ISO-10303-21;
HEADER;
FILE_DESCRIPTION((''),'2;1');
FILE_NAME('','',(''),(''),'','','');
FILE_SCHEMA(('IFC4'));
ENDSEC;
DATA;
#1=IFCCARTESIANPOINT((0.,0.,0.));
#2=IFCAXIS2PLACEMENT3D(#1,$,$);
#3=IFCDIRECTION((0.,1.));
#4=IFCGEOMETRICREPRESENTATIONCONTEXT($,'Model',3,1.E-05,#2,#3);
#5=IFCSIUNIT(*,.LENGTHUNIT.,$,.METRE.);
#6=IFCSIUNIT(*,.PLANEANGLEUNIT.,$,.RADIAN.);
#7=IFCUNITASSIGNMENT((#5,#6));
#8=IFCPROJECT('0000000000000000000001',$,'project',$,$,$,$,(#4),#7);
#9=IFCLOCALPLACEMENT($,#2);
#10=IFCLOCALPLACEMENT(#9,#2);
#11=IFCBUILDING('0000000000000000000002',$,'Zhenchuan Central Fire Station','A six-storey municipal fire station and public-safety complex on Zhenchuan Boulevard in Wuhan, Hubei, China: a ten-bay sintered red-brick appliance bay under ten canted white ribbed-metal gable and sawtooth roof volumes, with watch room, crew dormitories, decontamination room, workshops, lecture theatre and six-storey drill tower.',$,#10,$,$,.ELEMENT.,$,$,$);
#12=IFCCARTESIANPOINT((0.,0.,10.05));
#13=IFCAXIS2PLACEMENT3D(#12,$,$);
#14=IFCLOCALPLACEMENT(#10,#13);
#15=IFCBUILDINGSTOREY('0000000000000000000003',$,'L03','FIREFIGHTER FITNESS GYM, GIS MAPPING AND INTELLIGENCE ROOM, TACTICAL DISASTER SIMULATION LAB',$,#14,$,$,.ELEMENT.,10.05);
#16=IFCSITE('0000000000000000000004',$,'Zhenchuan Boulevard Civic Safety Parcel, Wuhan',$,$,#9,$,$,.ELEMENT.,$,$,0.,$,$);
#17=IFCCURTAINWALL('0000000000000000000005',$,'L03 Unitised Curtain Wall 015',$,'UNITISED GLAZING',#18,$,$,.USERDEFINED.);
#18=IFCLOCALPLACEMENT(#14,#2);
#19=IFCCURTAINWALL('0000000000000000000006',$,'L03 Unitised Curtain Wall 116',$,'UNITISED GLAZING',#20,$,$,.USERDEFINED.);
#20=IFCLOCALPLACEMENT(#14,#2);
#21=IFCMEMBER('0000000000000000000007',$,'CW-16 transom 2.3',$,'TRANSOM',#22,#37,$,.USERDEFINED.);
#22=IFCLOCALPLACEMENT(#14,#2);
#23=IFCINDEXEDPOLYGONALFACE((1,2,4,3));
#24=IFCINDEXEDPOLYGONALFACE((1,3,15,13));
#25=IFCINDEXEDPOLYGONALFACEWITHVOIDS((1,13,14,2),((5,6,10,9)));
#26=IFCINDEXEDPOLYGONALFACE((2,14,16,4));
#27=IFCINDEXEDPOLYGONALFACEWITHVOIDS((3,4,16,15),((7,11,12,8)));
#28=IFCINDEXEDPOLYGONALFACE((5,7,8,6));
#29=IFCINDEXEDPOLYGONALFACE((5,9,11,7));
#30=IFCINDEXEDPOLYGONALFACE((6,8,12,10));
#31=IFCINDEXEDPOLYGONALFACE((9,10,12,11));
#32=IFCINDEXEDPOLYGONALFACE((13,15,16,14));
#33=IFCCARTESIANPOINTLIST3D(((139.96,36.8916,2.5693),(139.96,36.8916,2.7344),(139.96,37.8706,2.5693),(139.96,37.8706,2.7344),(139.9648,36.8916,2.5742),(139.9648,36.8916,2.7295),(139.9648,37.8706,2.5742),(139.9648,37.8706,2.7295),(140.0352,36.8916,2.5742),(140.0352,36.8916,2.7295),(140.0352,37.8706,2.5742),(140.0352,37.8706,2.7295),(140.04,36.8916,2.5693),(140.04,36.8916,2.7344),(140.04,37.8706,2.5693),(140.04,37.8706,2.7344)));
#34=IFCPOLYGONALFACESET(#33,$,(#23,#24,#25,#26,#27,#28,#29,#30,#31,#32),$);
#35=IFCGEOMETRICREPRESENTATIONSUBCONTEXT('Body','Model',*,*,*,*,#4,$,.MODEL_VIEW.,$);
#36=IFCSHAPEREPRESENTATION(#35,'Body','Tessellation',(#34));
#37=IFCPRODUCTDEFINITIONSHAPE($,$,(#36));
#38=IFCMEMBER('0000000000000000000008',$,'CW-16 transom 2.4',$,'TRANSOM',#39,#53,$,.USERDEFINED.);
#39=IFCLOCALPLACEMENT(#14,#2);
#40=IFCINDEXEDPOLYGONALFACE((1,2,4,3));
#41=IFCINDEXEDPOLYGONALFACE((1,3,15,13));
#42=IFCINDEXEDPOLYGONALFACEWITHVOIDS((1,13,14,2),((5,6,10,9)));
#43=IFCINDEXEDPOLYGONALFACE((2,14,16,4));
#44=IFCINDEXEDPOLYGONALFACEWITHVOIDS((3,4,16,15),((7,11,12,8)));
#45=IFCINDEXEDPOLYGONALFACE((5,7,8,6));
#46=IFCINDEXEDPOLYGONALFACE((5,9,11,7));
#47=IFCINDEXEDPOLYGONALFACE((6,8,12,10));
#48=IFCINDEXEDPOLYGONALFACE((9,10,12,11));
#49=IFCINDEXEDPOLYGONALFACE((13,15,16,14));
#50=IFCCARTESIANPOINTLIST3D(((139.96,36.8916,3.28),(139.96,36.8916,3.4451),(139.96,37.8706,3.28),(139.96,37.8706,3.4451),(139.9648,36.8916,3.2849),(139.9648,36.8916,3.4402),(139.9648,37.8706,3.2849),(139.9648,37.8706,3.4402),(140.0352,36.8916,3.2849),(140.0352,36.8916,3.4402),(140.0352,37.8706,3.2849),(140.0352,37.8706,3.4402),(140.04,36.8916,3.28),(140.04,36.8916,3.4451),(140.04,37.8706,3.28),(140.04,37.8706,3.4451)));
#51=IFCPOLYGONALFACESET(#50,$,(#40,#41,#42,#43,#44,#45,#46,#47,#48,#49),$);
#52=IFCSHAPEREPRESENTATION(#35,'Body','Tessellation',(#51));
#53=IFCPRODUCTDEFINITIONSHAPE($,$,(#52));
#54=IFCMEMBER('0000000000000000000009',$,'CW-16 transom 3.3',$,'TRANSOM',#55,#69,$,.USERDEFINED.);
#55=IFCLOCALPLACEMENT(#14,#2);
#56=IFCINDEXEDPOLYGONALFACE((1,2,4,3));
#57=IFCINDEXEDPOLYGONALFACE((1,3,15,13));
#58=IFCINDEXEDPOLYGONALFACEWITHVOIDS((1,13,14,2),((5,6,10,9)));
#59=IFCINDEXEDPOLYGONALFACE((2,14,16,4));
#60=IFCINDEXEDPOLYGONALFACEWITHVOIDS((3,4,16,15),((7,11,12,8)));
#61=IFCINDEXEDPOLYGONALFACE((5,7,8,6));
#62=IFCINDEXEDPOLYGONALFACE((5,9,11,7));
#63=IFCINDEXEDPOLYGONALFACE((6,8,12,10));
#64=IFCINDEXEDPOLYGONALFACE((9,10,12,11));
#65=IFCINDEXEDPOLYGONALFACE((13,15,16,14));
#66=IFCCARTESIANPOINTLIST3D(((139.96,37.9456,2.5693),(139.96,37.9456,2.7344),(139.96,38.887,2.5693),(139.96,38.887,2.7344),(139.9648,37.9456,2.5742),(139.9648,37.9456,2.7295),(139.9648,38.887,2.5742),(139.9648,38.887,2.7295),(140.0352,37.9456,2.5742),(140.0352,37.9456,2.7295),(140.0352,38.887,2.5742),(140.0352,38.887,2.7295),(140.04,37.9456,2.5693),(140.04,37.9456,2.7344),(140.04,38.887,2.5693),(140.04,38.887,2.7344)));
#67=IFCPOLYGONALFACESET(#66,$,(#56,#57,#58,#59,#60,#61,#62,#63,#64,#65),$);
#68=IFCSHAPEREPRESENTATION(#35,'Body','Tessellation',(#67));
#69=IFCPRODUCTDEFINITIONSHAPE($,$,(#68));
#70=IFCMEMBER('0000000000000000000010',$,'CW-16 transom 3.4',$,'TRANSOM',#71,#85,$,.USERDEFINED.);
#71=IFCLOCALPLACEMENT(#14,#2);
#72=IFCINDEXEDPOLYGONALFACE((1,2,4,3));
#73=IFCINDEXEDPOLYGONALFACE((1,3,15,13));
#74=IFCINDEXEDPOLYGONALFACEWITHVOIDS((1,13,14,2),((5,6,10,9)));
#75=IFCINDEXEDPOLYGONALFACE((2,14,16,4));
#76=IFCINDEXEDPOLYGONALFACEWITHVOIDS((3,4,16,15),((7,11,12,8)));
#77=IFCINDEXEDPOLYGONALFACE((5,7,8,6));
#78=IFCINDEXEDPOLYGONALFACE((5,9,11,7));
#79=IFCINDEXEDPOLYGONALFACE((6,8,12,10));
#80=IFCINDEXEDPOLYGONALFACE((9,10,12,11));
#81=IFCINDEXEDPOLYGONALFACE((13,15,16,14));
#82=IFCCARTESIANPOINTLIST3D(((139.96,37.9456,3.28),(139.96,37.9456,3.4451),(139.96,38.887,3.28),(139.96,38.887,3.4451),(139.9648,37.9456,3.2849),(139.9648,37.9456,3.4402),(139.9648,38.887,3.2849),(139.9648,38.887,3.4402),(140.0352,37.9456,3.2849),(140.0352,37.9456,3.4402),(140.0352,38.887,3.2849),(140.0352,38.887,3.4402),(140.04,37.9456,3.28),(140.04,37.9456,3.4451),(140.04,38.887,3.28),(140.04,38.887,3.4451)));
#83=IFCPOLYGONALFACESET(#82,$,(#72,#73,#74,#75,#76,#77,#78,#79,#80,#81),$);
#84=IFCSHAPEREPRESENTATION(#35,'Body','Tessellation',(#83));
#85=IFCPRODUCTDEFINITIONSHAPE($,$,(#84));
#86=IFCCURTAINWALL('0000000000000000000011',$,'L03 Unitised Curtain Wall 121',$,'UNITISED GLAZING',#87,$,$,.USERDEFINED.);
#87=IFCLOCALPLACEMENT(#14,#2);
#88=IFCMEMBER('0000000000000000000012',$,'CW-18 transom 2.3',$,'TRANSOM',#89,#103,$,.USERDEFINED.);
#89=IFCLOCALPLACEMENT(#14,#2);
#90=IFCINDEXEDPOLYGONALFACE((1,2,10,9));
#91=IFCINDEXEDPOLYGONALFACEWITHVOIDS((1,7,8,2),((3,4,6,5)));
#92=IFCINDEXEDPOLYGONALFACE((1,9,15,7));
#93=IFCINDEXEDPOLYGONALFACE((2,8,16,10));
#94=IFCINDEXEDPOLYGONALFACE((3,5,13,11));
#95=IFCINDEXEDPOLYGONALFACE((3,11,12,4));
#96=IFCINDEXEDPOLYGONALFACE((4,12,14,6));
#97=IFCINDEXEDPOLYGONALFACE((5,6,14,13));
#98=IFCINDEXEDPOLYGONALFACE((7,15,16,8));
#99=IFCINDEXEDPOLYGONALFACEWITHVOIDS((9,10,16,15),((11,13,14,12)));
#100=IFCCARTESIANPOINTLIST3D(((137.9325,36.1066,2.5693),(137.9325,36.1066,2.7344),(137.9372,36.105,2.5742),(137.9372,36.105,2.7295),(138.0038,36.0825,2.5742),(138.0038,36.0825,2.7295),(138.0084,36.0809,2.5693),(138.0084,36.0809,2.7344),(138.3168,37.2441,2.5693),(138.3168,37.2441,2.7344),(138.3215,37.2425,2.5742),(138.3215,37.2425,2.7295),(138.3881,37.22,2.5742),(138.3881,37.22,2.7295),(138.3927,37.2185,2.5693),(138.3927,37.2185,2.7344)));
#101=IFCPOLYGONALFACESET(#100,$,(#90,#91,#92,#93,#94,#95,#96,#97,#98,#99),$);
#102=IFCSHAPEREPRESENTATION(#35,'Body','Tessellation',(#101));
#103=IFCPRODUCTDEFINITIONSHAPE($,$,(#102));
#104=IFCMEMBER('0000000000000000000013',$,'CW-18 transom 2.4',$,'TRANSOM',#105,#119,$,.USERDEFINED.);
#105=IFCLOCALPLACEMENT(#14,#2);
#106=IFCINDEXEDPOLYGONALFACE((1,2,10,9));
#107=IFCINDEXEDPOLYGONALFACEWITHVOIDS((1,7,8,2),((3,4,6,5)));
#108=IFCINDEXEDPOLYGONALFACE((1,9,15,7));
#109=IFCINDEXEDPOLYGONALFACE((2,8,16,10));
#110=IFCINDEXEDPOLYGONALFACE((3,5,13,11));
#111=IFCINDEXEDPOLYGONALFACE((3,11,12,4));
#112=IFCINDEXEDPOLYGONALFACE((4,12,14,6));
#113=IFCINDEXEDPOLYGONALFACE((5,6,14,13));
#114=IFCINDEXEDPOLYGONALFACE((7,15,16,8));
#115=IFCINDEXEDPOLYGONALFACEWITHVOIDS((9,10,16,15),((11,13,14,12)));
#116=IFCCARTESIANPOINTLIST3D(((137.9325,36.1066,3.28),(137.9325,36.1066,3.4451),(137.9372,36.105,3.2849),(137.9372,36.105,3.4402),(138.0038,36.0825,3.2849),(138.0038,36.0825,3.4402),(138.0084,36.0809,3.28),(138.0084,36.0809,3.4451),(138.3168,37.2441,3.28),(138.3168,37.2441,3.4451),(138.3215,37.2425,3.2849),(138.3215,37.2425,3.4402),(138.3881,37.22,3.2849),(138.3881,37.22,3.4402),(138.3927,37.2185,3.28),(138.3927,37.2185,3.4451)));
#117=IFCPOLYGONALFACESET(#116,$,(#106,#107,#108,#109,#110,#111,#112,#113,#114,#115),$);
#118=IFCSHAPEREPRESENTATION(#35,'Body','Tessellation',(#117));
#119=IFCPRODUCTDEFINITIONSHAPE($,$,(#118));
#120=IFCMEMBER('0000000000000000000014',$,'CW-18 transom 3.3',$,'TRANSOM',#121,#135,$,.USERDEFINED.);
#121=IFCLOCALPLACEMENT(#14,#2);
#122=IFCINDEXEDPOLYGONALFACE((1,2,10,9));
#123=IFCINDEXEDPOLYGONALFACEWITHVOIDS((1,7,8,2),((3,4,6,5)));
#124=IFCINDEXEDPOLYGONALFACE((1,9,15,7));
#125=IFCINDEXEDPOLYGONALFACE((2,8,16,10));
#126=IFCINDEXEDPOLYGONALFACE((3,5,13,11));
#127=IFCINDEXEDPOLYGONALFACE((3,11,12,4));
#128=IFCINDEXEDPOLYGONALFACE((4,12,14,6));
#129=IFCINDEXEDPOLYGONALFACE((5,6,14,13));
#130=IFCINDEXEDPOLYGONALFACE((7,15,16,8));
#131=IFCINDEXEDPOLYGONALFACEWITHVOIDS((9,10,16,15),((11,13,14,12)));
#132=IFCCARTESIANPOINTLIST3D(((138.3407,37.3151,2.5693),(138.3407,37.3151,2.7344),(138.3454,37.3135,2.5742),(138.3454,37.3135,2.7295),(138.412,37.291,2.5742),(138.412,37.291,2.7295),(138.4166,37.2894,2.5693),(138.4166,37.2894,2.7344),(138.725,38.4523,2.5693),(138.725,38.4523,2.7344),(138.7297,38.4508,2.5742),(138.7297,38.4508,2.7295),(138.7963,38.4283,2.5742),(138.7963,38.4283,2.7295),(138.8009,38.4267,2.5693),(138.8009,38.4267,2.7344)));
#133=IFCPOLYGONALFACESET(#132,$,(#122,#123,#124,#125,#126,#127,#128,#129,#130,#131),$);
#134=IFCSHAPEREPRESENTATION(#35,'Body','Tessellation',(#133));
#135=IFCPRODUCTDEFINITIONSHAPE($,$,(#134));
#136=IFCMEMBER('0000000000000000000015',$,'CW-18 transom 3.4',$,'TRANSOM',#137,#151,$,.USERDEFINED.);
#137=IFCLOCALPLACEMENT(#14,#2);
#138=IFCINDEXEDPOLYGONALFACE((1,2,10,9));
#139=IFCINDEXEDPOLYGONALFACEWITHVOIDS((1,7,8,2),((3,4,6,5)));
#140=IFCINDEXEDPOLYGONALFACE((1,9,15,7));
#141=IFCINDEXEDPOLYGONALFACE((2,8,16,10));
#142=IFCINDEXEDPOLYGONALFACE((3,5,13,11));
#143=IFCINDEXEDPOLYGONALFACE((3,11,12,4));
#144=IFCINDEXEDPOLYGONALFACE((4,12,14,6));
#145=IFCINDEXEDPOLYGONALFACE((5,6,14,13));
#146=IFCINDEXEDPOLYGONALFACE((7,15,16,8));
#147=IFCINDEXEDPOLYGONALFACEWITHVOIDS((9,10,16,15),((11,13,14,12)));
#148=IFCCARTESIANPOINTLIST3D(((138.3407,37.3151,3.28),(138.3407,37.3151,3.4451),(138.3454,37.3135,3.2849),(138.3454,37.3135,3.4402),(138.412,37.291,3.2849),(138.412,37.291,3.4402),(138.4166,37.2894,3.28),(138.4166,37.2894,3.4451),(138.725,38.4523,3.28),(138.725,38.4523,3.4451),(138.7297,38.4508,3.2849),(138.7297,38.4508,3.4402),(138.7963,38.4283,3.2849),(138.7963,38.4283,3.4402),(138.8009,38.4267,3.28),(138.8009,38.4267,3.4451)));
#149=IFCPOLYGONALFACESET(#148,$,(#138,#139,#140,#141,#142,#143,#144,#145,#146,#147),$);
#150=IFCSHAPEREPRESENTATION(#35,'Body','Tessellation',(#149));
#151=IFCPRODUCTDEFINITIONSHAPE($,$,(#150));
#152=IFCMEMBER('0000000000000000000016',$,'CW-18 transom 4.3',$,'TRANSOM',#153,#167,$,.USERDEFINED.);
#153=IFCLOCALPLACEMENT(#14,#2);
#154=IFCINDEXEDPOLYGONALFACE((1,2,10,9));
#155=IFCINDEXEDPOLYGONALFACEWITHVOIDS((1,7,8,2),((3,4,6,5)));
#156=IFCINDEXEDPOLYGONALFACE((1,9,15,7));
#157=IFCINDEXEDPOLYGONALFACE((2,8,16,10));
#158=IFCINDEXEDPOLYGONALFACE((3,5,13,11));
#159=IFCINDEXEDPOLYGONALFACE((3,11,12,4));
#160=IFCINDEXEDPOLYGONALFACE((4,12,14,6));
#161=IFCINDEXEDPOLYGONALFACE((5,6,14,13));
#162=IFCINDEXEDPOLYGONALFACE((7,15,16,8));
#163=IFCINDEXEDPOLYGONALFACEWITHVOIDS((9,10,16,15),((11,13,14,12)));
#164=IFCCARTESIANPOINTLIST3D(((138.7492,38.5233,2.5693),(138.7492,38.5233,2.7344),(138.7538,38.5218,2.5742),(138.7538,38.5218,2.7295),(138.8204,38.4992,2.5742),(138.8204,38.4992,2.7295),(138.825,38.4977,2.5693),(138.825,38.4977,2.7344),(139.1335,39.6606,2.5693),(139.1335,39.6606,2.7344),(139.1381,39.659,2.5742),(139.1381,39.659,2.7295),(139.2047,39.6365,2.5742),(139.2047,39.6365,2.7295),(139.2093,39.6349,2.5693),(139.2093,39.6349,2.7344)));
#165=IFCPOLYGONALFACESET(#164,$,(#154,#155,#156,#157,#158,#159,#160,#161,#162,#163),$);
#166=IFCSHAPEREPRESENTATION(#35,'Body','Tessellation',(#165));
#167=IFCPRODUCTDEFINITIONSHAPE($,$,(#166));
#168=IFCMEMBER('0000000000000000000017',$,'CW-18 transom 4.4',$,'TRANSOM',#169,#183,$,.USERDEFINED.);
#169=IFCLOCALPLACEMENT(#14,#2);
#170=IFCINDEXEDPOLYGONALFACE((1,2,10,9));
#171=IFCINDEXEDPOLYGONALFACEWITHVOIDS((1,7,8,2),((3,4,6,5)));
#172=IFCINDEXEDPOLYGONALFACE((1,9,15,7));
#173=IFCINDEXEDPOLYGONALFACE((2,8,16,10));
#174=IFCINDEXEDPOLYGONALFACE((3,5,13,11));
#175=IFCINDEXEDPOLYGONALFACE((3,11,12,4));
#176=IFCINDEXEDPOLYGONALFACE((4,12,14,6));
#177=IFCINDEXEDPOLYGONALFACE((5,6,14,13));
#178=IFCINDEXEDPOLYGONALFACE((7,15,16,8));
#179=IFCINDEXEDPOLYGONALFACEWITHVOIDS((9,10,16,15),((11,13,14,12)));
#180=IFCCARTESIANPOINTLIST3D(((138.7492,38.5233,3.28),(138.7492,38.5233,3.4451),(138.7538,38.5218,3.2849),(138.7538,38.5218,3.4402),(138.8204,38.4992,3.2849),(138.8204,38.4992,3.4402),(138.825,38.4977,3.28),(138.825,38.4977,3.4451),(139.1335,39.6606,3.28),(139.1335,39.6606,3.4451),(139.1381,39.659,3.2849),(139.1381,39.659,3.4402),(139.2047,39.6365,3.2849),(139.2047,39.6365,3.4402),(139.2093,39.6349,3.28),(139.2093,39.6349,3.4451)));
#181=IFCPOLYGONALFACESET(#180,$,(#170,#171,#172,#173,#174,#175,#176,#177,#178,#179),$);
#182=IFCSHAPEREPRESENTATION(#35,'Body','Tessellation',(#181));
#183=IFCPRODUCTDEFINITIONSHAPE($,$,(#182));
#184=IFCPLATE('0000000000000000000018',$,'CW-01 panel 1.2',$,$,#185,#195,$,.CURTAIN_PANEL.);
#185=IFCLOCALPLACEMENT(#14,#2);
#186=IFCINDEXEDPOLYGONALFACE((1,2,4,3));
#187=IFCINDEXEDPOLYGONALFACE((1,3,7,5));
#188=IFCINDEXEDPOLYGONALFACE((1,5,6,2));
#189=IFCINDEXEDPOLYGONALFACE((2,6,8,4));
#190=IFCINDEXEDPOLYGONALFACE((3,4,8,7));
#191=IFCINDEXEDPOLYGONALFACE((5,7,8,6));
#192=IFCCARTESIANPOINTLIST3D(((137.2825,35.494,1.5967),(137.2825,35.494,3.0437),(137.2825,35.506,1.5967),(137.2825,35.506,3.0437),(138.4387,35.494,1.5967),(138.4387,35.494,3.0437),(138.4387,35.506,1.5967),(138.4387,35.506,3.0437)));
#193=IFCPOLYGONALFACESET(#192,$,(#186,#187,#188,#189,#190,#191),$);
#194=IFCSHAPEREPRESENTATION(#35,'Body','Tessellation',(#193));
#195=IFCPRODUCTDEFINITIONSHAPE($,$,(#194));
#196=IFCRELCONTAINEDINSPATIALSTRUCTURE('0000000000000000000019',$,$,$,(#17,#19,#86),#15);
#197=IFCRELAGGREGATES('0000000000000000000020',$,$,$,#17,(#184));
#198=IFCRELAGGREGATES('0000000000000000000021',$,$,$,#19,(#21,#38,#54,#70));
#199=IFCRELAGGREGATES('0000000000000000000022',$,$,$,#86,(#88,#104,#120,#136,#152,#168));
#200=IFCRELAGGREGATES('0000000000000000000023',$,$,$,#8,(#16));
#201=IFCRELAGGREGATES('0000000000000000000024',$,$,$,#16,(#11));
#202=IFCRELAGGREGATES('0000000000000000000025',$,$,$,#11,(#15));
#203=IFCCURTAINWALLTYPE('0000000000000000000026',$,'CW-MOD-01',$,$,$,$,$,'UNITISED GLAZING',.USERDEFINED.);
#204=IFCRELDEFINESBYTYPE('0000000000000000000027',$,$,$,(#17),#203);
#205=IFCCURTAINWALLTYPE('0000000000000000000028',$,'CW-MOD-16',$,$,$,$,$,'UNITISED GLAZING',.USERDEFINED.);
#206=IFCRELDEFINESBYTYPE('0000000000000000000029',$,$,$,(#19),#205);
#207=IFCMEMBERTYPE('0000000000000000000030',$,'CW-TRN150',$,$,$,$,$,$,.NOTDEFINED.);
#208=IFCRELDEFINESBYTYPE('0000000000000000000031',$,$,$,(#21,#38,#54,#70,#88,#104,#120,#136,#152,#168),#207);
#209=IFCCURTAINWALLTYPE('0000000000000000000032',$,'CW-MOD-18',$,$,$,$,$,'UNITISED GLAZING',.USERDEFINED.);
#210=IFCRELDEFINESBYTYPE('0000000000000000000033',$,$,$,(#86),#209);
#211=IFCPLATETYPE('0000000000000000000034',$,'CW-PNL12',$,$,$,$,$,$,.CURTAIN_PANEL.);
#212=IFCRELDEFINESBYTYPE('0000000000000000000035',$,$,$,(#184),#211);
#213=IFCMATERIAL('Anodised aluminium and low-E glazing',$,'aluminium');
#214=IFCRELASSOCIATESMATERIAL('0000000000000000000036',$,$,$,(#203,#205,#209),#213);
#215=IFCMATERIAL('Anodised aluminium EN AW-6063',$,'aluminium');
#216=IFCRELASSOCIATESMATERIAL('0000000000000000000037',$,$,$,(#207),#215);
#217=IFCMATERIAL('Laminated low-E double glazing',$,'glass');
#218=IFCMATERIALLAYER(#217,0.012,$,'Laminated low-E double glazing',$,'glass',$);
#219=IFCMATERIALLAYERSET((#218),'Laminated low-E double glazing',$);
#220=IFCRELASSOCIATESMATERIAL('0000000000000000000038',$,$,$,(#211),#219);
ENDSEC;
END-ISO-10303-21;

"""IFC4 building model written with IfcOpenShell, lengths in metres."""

from ifc_helpers import new_model, si_unit, direction, frame, origin, origin_2d, place, context, subcontext, project, spatial, rectangle, hollow_rectangle, extrude, material, layer, layer_set, material_profile, profile_set, type_object, element, aggregate, save


model = new_model("IFC4")

# Units and contexts
model_context = context("Model", 3, precision=1e-05, world=origin(), true_north=direction((0.0, 1.0)))
body_context = subcontext(model_context, "Body", "Model", "MODEL_VIEW")
ifc_project = project(units=[si_unit("LENGTHUNIT", "METRE"), si_unit("PLANEANGLEUNIT", "RADIAN")], contexts=[model_context])

# Site, building, storey
site_placement = place(None, origin())
site = spatial("IfcSite", under=ifc_project, at=site_placement, Name="Zhenchuan Boulevard Civic Safety Parcel, Wuhan", CompositionType="ELEMENT", RefElevation=0.0)
building_placement = place(site_placement, origin())
building = spatial("IfcBuilding", under=site, at=building_placement, Name="Zhenchuan Central Fire Station", Description="A six-storey municipal fire station and public-safety complex on Zhenchuan Boulevard in Wuhan, Hubei, China: a ten-bay sintered red-brick appliance bay under ten canted white ribbed-metal gable and sawtooth roof volumes, with watch room, crew dormitories, decontamination room, workshops, lecture theatre and six-storey drill tower.", CompositionType="ELEMENT")
storey_placement = place(building_placement, frame((0.0, 0.0, 10.05)))
storey = spatial("IfcBuildingStorey", under=building, at=storey_placement, Name="L03", Description="FIREFIGHTER FITNESS GYM, GIS MAPPING AND INTELLIGENCE ROOM, TACTICAL DISASTER SIMULATION LAB", CompositionType="ELEMENT", Elevation=10.05)

# Curtain walls, members
ifc_material_1 = material(Name="Anodised aluminium and low-E glazing", Category="aluminium")
curtain_wall_type_1 = type_object("IfcCurtainWallType", Name="CW-MOD-01", ElementType="UNITISED GLAZING", PredefinedType="USERDEFINED", material=ifc_material_1)
curtain_wall_1_placement = place(storey_placement, origin())
curtain_wall_1 = element("IfcCurtainWall", 1, at=curtain_wall_1_placement, inside=storey, type_object=curtain_wall_type_1, Name="L03 Unitised Curtain Wall 015", ObjectType="UNITISED GLAZING", PredefinedType="USERDEFINED")
ifc_material_2 = material(Name="Anodised aluminium EN AW-6063", Category="aluminium")
curtain_wall_type_2 = type_object("IfcCurtainWallType", Name="CW-MOD-16", ElementType="UNITISED GLAZING", PredefinedType="USERDEFINED", material=ifc_material_1)
curtain_wall_2_placement = place(storey_placement, origin())
curtain_wall_2 = element("IfcCurtainWall", 2, at=curtain_wall_2_placement, inside=storey, type_object=curtain_wall_type_2, Name="L03 Unitised Curtain Wall 116", ObjectType="UNITISED GLAZING", PredefinedType="USERDEFINED")
ifc_material_profile_1 = material_profile(ifc_material_2, hollow_rectangle(XDim=0.0801, YDim=0.165, WallThickness=0.0049, at=origin_2d()), Name="ALU-T 165x80")
ifc_profile_set_1 = profile_set([ifc_material_profile_1], Name="Anodised aluminium EN AW-6063")
member_type_1 = type_object("IfcMemberType", Name="CW-TRN150", PredefinedType="NOTDEFINED", material=ifc_profile_set_1)
member_1_placement = place(storey_placement, frame((140.0, 36.8916, 2.6519), z_axis=(0.0, 1.0, 0.0), x_axis=(-1.0, 0.0, 0.0)))
member_1 = element("IfcMember", 3, at=member_1_placement, type_object=member_type_1, Name="CW-16 transom 2.3", ObjectType="TRANSOM", PredefinedType="USERDEFINED", context=body_context, shape_type="SweptSolid", body=[
    extrude(hollow_rectangle(XDim=0.0801, YDim=0.165, WallThickness=0.0049, at=origin_2d()), origin(), (0.0, 0.0, 1.0), 0.979),
])
member_2_placement = place(storey_placement, frame((140.0, 36.8916, 3.3625), z_axis=(0.0, 1.0, 0.0), x_axis=(-1.0, 0.0, 0.0)))
member_2 = element("IfcMember", 4, at=member_2_placement, type_object=member_type_1, Name="CW-16 transom 2.4", ObjectType="TRANSOM", PredefinedType="USERDEFINED", context=body_context, shape_type="SweptSolid", body=[
    extrude(hollow_rectangle(XDim=0.0801, YDim=0.165, WallThickness=0.0049, at=origin_2d()), origin(), (0.0, 0.0, 1.0), 0.979),
])
member_3_placement = place(storey_placement, frame((140.0, 37.9456, 2.6519), z_axis=(0.0, 1.0, 0.0), x_axis=(-1.0, 0.0, 0.0)))
member_3 = element("IfcMember", 5, at=member_3_placement, type_object=member_type_1, Name="CW-16 transom 3.3", ObjectType="TRANSOM", PredefinedType="USERDEFINED", context=body_context, shape_type="SweptSolid", body=[
    extrude(hollow_rectangle(XDim=0.0801, YDim=0.165, WallThickness=0.0049, at=origin_2d()), origin(), (0.0, 0.0, 1.0), 0.9414),
])
member_4_placement = place(storey_placement, frame((140.0, 37.9456, 3.3625), z_axis=(0.0, 1.0, 0.0), x_axis=(-1.0, 0.0, 0.0)))
member_4 = element("IfcMember", 6, at=member_4_placement, type_object=member_type_1, Name="CW-16 transom 3.4", ObjectType="TRANSOM", PredefinedType="USERDEFINED", context=body_context, shape_type="SweptSolid", body=[
    extrude(hollow_rectangle(XDim=0.0801, YDim=0.165, WallThickness=0.0049, at=origin_2d()), origin(), (0.0, 0.0, 1.0), 0.9414),
])
curtain_wall_type_3 = type_object("IfcCurtainWallType", Name="CW-MOD-18", ElementType="UNITISED GLAZING", PredefinedType="USERDEFINED", material=ifc_material_1)
curtain_wall_3_placement = place(storey_placement, origin())
curtain_wall_3 = element("IfcCurtainWall", 7, at=curtain_wall_3_placement, inside=storey, type_object=curtain_wall_type_3, Name="L03 Unitised Curtain Wall 121", ObjectType="UNITISED GLAZING", PredefinedType="USERDEFINED")
member_5_placement = place(storey_placement, frame((137.9705, 36.0938, 2.6519), z_axis=(0.320068, 0.947394, 0.0), x_axis=(-0.947394, 0.320068, 0.0)))
member_5 = element("IfcMember", 8, at=member_5_placement, type_object=member_type_1, Name="CW-18 transom 2.3", ObjectType="TRANSOM", PredefinedType="USERDEFINED", context=body_context, shape_type="SweptSolid", body=[
    extrude(hollow_rectangle(XDim=0.0801, YDim=0.165, WallThickness=0.0049, at=origin_2d()), origin(), (0.0, 0.0, 1.0), 1.2007),
])
member_6_placement = place(storey_placement, frame((137.9705, 36.0938, 3.3625), z_axis=(0.320068, 0.947394, 0.0), x_axis=(-0.947394, 0.320068, 0.0)))
member_6 = element("IfcMember", 9, at=member_6_placement, type_object=member_type_1, Name="CW-18 transom 2.4", ObjectType="TRANSOM", PredefinedType="USERDEFINED", context=body_context, shape_type="SweptSolid", body=[
    extrude(hollow_rectangle(XDim=0.0801, YDim=0.165, WallThickness=0.0049, at=origin_2d()), origin(), (0.0, 0.0, 1.0), 1.2007),
])
member_7_placement = place(storey_placement, frame((138.3787, 37.3022, 2.6519), z_axis=(0.32013, 0.947374, 0.0), x_axis=(-0.947374, 0.32013, 0.0)))
member_7 = element("IfcMember", 10, at=member_7_placement, type_object=member_type_1, Name="CW-18 transom 3.3", ObjectType="TRANSOM", PredefinedType="USERDEFINED", context=body_context, shape_type="SweptSolid", body=[
    extrude(hollow_rectangle(XDim=0.0801, YDim=0.165, WallThickness=0.0049, at=origin_2d()), origin(), (0.0, 0.0, 1.0), 1.2004),
])
member_8_placement = place(storey_placement, frame((138.3787, 37.3022, 3.3625), z_axis=(0.32013, 0.947374, 0.0), x_axis=(-0.947374, 0.32013, 0.0)))
member_8 = element("IfcMember", 11, at=member_8_placement, type_object=member_type_1, Name="CW-18 transom 3.4", ObjectType="TRANSOM", PredefinedType="USERDEFINED", context=body_context, shape_type="SweptSolid", body=[
    extrude(hollow_rectangle(XDim=0.0801, YDim=0.165, WallThickness=0.0049, at=origin_2d()), origin(), (0.0, 0.0, 1.0), 1.2004),
])
member_9_placement = place(storey_placement, frame((138.7871, 38.5105, 2.6519), z_axis=(0.32013, 0.947374, 0.0), x_axis=(-0.947374, 0.32013, 0.0)))
member_9 = element("IfcMember", 12, at=member_9_placement, type_object=member_type_1, Name="CW-18 transom 4.3", ObjectType="TRANSOM", PredefinedType="USERDEFINED", context=body_context, shape_type="SweptSolid", body=[
    extrude(hollow_rectangle(XDim=0.0801, YDim=0.165, WallThickness=0.0049, at=origin_2d()), origin(), (0.0, 0.0, 1.0), 1.2004),
])
member_10_placement = place(storey_placement, frame((138.7871, 38.5105, 3.3625), z_axis=(0.32013, 0.947374, 0.0), x_axis=(-0.947374, 0.32013, 0.0)))
member_10 = element("IfcMember", 13, at=member_10_placement, type_object=member_type_1, Name="CW-18 transom 4.4", ObjectType="TRANSOM", PredefinedType="USERDEFINED", context=body_context, shape_type="SweptSolid", body=[
    extrude(hollow_rectangle(XDim=0.0801, YDim=0.165, WallThickness=0.0049, at=origin_2d()), origin(), (0.0, 0.0, 1.0), 1.2004),
])

# Plate
ifc_material_3 = material(Name="Laminated low-E double glazing", Category="glass")
ifc_layer = layer(ifc_material_3, 0.012, Name="Laminated low-E double glazing", Category="glass")
ifc_layer_set = layer_set([ifc_layer], Name="Laminated low-E double glazing")
plate_type = type_object("IfcPlateType", Name="CW-PNL12", PredefinedType="CURTAIN_PANEL", material=ifc_layer_set)
plate_1_placement = place(storey_placement, frame((137.8606, 35.5, 1.5967), z_axis=(0.0, 0.0, 1.0), x_axis=(1.0, 0.0, 0.0)))
plate_1 = element("IfcPlate", 14, at=plate_1_placement, type_object=plate_type, Name="CW-01 panel 1.2", PredefinedType="CURTAIN_PANEL", context=body_context, shape_type="SweptSolid", body=[
    extrude(rectangle(XDim=1.1562, YDim=0.012, at=origin_2d()), origin(), (0.0, 0.0, 1.0), 1.447),
])
aggregate(curtain_wall_1, [plate_1])
aggregate(curtain_wall_2, [member_1, member_2, member_3, member_4])
aggregate(curtain_wall_3, [member_5, member_6, member_7, member_8, member_9, member_10])

save(model, "model.ifc")
